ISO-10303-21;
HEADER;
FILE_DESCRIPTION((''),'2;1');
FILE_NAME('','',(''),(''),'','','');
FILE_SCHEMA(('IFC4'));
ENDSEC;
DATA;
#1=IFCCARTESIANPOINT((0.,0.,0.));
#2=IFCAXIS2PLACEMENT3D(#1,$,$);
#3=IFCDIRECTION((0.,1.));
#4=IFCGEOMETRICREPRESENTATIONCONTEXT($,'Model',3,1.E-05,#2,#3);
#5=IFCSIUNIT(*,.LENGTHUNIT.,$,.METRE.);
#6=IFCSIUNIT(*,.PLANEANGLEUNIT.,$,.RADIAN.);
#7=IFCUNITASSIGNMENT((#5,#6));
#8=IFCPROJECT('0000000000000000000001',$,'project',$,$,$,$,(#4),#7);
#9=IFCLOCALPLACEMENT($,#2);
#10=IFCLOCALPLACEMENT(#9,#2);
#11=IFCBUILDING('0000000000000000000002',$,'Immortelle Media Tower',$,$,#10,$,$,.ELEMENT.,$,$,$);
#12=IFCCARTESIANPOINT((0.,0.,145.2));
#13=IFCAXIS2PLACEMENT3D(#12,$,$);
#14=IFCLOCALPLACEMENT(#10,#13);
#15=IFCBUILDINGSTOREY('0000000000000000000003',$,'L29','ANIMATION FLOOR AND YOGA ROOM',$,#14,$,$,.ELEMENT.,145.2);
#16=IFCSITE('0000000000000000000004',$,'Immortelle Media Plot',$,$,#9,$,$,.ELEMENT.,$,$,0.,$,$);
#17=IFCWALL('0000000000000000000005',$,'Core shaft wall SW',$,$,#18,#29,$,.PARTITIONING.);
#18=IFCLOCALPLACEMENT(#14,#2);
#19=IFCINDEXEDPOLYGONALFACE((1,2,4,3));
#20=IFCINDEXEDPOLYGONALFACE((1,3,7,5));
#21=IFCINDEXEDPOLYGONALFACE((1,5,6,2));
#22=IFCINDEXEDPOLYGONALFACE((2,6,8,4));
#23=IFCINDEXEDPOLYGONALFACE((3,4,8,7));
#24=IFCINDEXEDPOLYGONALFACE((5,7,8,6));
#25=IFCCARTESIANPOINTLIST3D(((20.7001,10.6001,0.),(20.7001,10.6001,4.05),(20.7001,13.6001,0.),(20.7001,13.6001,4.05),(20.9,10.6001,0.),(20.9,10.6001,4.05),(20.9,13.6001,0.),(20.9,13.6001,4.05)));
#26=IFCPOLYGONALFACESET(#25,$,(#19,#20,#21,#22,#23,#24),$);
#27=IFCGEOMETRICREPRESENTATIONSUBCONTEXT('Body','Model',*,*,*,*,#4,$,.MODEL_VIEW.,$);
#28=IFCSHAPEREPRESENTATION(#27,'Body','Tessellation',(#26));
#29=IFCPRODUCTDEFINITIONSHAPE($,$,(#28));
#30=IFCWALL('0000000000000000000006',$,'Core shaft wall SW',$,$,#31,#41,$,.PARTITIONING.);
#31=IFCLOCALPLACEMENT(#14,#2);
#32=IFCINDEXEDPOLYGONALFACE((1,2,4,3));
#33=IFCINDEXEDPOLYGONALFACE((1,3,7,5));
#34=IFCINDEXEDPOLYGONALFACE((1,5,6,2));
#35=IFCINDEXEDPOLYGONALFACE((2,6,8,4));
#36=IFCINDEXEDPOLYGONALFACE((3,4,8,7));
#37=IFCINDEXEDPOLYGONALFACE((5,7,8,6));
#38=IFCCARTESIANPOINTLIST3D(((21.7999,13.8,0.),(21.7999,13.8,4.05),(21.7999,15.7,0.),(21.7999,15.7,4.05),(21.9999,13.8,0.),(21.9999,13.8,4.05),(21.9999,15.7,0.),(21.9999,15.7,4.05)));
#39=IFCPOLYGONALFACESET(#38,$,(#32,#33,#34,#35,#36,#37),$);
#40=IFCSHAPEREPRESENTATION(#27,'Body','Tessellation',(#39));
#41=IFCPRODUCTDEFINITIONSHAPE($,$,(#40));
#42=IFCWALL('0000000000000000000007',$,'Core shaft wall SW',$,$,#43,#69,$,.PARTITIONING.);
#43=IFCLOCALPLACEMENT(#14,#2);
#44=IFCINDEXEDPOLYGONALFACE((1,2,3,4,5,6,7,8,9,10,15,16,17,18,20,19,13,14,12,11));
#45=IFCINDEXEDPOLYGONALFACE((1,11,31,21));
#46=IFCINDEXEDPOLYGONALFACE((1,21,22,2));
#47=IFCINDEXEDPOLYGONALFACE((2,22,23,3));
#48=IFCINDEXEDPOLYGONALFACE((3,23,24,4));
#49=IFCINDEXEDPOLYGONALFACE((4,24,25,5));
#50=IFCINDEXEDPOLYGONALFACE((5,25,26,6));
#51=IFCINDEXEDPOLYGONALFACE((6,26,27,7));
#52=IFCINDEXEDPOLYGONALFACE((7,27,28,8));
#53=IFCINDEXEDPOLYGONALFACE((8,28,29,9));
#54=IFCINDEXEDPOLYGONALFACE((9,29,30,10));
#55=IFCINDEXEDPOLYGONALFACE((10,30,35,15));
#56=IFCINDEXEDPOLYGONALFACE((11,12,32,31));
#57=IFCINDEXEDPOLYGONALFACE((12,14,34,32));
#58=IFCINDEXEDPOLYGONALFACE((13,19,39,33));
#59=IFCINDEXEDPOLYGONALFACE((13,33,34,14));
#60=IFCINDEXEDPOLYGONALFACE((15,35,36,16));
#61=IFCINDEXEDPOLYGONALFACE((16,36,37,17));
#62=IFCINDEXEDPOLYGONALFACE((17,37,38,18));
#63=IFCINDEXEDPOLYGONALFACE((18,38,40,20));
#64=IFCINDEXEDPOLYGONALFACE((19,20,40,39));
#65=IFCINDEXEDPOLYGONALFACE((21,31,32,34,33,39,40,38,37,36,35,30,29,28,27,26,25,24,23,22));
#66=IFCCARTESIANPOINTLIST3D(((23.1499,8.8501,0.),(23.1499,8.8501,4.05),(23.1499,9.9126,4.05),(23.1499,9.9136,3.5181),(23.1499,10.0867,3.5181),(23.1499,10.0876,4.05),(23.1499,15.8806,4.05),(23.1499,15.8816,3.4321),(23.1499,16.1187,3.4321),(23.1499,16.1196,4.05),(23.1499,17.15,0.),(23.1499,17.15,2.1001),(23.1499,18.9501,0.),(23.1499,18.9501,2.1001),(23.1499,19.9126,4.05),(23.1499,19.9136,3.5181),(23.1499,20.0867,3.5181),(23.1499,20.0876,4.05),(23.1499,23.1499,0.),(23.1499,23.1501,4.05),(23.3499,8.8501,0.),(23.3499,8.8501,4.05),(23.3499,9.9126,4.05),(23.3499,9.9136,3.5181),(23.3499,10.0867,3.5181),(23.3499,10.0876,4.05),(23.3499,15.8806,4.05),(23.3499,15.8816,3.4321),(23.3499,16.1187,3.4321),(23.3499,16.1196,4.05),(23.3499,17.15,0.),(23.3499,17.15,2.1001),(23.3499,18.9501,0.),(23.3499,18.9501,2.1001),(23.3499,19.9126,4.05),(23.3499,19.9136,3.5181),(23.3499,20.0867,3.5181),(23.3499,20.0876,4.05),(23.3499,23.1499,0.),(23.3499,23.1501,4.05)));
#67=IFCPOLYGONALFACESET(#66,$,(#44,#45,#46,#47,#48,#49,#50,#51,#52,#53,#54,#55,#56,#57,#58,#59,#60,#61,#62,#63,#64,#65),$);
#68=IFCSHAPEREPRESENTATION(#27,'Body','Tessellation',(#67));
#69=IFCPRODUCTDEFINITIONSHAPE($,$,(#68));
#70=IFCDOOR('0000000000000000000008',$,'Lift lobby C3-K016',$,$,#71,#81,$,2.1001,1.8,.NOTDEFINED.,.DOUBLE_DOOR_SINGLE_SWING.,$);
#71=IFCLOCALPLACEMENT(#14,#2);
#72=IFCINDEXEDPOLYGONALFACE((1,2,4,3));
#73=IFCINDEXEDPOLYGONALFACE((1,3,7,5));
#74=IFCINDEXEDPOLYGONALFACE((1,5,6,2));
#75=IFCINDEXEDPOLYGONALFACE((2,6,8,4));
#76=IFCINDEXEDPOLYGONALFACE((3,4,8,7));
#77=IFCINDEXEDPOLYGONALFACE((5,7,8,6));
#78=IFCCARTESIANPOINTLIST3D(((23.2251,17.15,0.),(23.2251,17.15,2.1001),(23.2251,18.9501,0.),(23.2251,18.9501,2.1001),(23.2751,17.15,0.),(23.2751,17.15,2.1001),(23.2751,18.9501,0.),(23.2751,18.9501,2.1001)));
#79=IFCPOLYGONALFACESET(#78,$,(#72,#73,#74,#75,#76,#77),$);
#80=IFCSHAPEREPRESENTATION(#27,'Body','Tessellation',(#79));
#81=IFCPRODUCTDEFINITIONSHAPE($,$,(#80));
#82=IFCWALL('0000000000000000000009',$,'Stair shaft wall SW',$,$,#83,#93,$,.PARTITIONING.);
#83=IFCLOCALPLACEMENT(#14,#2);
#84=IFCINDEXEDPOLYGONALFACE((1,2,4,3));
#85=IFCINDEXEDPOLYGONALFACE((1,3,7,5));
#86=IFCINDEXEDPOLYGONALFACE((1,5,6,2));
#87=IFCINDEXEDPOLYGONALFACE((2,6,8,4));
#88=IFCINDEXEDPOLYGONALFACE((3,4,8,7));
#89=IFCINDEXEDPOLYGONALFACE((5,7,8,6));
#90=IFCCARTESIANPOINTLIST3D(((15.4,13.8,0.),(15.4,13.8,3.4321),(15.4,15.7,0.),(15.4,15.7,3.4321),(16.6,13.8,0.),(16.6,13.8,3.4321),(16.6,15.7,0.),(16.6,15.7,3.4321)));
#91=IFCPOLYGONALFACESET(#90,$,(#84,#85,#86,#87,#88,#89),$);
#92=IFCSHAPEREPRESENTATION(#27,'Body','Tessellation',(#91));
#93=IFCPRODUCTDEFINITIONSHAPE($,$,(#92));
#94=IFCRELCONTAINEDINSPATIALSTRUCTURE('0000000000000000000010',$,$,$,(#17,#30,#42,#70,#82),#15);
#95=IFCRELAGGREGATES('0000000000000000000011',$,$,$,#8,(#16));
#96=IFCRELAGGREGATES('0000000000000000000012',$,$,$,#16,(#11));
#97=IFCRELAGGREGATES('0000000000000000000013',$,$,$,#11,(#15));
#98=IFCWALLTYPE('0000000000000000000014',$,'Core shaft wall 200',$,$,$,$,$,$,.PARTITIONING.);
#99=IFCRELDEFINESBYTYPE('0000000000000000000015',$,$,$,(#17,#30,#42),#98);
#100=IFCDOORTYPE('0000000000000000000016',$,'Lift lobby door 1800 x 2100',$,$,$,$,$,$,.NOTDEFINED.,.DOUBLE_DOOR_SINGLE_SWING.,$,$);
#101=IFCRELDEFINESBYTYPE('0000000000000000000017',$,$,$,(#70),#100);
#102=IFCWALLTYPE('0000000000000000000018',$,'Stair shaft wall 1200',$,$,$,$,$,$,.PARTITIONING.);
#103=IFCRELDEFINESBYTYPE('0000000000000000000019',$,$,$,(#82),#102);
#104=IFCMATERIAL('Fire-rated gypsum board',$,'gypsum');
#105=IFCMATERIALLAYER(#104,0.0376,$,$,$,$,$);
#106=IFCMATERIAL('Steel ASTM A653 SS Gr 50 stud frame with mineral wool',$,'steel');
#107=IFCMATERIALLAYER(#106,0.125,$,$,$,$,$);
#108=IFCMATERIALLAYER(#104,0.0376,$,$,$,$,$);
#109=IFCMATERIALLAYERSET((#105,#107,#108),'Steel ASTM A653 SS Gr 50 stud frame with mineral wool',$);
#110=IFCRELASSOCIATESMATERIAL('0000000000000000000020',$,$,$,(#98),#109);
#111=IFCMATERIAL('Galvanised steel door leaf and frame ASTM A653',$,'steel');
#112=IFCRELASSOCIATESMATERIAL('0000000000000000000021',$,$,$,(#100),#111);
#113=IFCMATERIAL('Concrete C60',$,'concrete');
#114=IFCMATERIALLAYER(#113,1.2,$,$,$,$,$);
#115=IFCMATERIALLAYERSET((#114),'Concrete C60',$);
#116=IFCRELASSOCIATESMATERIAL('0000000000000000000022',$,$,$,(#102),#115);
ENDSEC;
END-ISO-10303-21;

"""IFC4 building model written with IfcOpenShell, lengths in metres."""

from ifc_helpers import new_model, si_unit, direction, frame, frame_2d, origin, place, context, subcontext, project, spatial, polyline, rectangle, outline, extrude, material, layer, layer_set, type_object, element, fill, save


model = new_model("IFC4")

# Units and contexts
model_context = context("Model", 3, precision=1e-05, world=origin(), true_north=direction((0.0, 1.0)))
body_context = subcontext(model_context, "Body", "Model", "MODEL_VIEW")
ifc_project = project(units=[si_unit("LENGTHUNIT", "METRE"), si_unit("PLANEANGLEUNIT", "RADIAN")], contexts=[model_context])

# Site, building, storey
site_placement = place(None, origin())
site = spatial("IfcSite", under=ifc_project, at=site_placement, Name="Immortelle Media Plot", CompositionType="ELEMENT", RefElevation=0.0)
building_placement = place(site_placement, origin())
building = spatial("IfcBuilding", under=site, at=building_placement, Name="Immortelle Media Tower", CompositionType="ELEMENT")
storey_placement = place(building_placement, frame((0.0, 0.0, 145.2)))
storey = spatial("IfcBuildingStorey", under=building, at=storey_placement, Name="L29", Description="ANIMATION FLOOR AND YOGA ROOM", CompositionType="ELEMENT", Elevation=145.2)

# Shared definitions
ifc_material_1 = material(Name="Galvanised steel door leaf and frame ASTM A653", Category="steel")

# Walls
ifc_material_2 = material(Name="Fire-rated gypsum board", Category="gypsum")
ifc_layer_1 = layer(ifc_material_2, 0.0376)
ifc_material_3 = material(Name="Steel ASTM A653 SS Gr 50 stud frame with mineral wool", Category="steel")
ifc_layer_2 = layer(ifc_material_3, 0.125)
ifc_layer_3 = layer(ifc_material_2, 0.0376)
ifc_layer_set_1 = layer_set([ifc_layer_1, ifc_layer_2, ifc_layer_3], Name="Steel ASTM A653 SS Gr 50 stud frame with mineral wool")
wall_type_1 = type_object("IfcWallType", Name="Core shaft wall 200", PredefinedType="PARTITIONING", material=ifc_layer_set_1)
wall_1_placement = place(storey_placement, frame((20.8, 10.6001, 0.0), z_axis=(0.0, 0.0, 1.0), x_axis=(0.0, 1.0, 0.0)))
element("IfcWall", 1, at=wall_1_placement, inside=storey, type_object=wall_type_1, Name="Core shaft wall SW", PredefinedType="PARTITIONING", context=body_context, shape_type="SweptSolid", body=[
    extrude(rectangle(XDim=3.0, YDim=0.2, at=frame_2d((1.5, 0.0))), origin(), (0.0, 0.0, 1.0), 4.05),
])
wall_2_placement = place(storey_placement, frame((21.8999, 13.8, 0.0), z_axis=(0.0, 0.0, 1.0), x_axis=(0.0, 1.0, 0.0)))
element("IfcWall", 2, at=wall_2_placement, inside=storey, type_object=wall_type_1, Name="Core shaft wall SW", PredefinedType="PARTITIONING", context=body_context, shape_type="SweptSolid", body=[
    extrude(rectangle(XDim=1.8999, YDim=0.2, at=frame_2d((0.95, 0.0))), origin(), (0.0, 0.0, 1.0), 4.05),
])

# Wall, opening, door
wall_3_placement = place(storey_placement, frame((23.25, 8.8501, 0.0), z_axis=(0.0, 0.0, 1.0), x_axis=(0.0, 1.0, 0.0)))
wall_3 = element("IfcWall", 3, at=wall_3_placement, inside=storey, type_object=wall_type_1, Name="Core shaft wall SW", PredefinedType="PARTITIONING", context=body_context, shape_type="SweptSolid", body=[
    extrude(outline(polyline([(0.0, 0.0), (14.2998, 0.0), (14.3, 4.05), (11.2375, 4.05), (11.2366, 3.5181), (11.0635, 3.5181), (11.0625, 4.05), (7.2695, 4.05), (7.2686, 3.4321), (7.0315, 3.4321), (7.0305, 4.05), (1.2375, 4.05), (1.2366, 3.5181), (1.0635, 3.5181), (1.0625, 4.05), (0.0, 4.05), (0.0, 0.0)])), frame((0.0, 0.1001, 0.0), z_axis=(0.0, -1.0, 0.0), x_axis=(1.0, 0.0, 0.0)), (0.0, 0.0, 1.0), 0.2),
])
opening_1_placement = place(wall_3_placement, frame((8.3, 0.0, 0.0)))
opening_1 = element("IfcOpeningElement", 4, at=opening_1_placement, cuts=wall_3, PredefinedType="OPENING", context=body_context, shape_type="SweptSolid", body=[
    extrude(rectangle(XDim=1.8, YDim=2.1001, at=frame_2d((0.8999, 1.05))), frame((0.0, 0.1099, 0.0), z_axis=(0.0, -1.0, 0.0), x_axis=(1.0, 0.0, 0.0)), (0.0, 0.0, 1.0), 0.22),
])
door_type_1 = type_object("IfcDoorType", Name="Lift lobby door 1800 x 2100", OperationType="DOUBLE_DOOR_SINGLE_SWING", PredefinedType="NOTDEFINED", material=ifc_material_1)
door_1_placement = place(opening_1_placement, origin())
door_1 = element("IfcDoor", 5, at=door_1_placement, inside=storey, type_object=door_type_1, Name="Lift lobby C3-K016", OperationType="DOUBLE_DOOR_SINGLE_SWING", OverallHeight=2.1001, OverallWidth=1.8, PredefinedType="NOTDEFINED", context=body_context, shape_type="SweptSolid", body=[
    extrude(rectangle(XDim=1.8, YDim=2.1001, at=frame_2d((0.8999, 1.05))), frame((0.0, 0.0249, 0.0), z_axis=(0.0, -1.0, 0.0), x_axis=(1.0, 0.0, 0.0)), (0.0, 0.0, 1.0), 0.05),
])
fill(opening_1, door_1)

# Wall
ifc_material_4 = material(Name="Concrete C60", Category="concrete")
ifc_layer_4 = layer(ifc_material_4, 1.2)
ifc_layer_set_2 = layer_set([ifc_layer_4], Name="Concrete C60")
wall_type_2 = type_object("IfcWallType", Name="Stair shaft wall 1200", PredefinedType="PARTITIONING", material=ifc_layer_set_2)
wall_4_placement = place(storey_placement, frame((16.0, 13.8, 0.0), z_axis=(0.0, 0.0, 1.0), x_axis=(0.0, 1.0, 0.0)))
element("IfcWall", 6, at=wall_4_placement, inside=storey, type_object=wall_type_2, Name="Stair shaft wall SW", PredefinedType="PARTITIONING", context=body_context, shape_type="SweptSolid", body=[
    extrude(rectangle(XDim=1.8999, YDim=1.2, at=frame_2d((0.95, 0.0))), origin(), (0.0, 0.0, 1.0), 3.4321),
])

save(model, "model.ifc")
